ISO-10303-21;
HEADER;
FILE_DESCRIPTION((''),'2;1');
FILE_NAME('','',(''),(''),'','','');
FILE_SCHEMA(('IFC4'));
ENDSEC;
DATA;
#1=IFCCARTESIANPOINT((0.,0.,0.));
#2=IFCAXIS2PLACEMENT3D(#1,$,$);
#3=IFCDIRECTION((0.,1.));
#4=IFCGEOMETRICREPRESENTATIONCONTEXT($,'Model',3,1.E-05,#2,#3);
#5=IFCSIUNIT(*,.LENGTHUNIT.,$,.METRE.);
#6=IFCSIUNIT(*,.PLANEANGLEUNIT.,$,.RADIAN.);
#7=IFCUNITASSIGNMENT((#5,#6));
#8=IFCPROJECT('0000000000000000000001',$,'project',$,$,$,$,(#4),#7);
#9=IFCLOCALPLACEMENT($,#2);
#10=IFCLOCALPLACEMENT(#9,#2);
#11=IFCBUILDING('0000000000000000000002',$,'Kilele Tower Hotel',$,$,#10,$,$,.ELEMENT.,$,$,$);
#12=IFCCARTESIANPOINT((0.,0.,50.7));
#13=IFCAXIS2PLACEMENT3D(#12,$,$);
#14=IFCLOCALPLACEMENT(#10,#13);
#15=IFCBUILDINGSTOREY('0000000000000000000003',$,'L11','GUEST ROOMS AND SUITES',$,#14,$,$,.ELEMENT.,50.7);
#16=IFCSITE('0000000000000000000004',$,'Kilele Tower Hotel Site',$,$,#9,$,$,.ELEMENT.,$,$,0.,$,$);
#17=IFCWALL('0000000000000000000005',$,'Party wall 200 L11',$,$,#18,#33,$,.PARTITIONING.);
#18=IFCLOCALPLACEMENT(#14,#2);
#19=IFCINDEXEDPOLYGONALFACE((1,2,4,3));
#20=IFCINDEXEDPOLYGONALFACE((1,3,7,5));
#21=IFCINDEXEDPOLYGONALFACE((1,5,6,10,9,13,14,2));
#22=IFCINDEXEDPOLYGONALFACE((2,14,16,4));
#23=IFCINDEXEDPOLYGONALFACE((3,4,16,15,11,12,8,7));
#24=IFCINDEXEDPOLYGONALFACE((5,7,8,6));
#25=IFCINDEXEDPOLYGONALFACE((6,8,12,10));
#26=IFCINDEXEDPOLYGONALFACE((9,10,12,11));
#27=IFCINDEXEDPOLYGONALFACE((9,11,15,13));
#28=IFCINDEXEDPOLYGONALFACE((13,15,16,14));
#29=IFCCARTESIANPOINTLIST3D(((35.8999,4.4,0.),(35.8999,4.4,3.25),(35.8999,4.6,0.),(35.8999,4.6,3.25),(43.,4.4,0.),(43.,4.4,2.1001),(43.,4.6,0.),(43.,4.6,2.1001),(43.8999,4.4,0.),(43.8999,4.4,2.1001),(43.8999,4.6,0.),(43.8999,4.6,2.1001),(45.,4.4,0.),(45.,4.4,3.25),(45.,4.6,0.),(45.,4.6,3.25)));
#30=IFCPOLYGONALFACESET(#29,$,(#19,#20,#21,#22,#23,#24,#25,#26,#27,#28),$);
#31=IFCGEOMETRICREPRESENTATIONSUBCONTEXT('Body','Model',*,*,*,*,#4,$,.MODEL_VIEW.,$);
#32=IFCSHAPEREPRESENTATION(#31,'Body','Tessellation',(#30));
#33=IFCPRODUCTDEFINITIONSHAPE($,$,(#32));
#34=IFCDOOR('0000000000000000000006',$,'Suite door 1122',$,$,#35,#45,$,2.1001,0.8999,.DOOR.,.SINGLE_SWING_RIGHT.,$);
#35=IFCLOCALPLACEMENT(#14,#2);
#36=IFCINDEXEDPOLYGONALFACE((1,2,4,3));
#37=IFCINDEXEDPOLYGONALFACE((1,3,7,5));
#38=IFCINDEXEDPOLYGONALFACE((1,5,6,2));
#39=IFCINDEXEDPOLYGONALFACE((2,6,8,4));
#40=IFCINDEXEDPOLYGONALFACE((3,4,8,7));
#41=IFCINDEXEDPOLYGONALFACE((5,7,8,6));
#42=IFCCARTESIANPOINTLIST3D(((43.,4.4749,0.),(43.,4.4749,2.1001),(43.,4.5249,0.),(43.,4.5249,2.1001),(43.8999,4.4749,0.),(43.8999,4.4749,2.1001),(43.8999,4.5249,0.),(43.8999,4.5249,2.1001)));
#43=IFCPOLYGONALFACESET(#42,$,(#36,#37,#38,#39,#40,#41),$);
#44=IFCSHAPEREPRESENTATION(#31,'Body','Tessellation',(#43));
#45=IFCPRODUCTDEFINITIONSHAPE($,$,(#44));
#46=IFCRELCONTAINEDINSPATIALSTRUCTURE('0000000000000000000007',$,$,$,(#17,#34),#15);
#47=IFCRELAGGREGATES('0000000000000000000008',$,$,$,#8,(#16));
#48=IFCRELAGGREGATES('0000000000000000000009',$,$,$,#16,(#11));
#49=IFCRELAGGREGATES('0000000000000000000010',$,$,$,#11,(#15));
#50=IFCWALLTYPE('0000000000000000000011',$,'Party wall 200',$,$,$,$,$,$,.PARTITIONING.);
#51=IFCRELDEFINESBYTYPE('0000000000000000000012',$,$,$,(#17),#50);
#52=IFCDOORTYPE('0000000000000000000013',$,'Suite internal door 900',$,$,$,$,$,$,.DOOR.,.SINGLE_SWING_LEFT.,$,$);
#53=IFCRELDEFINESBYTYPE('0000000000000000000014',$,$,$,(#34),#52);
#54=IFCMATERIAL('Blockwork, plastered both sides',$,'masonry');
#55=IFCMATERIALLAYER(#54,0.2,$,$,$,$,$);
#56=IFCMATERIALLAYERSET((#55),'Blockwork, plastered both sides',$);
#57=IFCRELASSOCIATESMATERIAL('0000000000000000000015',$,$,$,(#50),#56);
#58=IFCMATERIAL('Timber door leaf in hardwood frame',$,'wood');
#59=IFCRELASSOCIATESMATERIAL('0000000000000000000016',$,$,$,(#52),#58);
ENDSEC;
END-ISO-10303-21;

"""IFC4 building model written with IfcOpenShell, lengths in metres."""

from ifc_helpers import new_model, si_unit, direction, frame, frame_2d, origin, place, context, subcontext, project, spatial, rectangle, extrude, material, layer, layer_set, type_object, element, fill, save


model = new_model("IFC4")

# Units and contexts
model_context = context("Model", 3, precision=1e-05, world=origin(), true_north=direction((0.0, 1.0)))
body_context = subcontext(model_context, "Body", "Model", "MODEL_VIEW")
ifc_project = project(units=[si_unit("LENGTHUNIT", "METRE"), si_unit("PLANEANGLEUNIT", "RADIAN")], contexts=[model_context])

# Site, building, storey
site_placement = place(None, origin())
site = spatial("IfcSite", under=ifc_project, at=site_placement, Name="Kilele Tower Hotel Site", CompositionType="ELEMENT", RefElevation=0.0)
building_placement = place(site_placement, origin())
building = spatial("IfcBuilding", under=site, at=building_placement, Name="Kilele Tower Hotel", CompositionType="ELEMENT")
storey_placement = place(building_placement, frame((0.0, 0.0, 50.7)))
storey = spatial("IfcBuildingStorey", under=building, at=storey_placement, Name="L11", Description="GUEST ROOMS AND SUITES", CompositionType="ELEMENT", Elevation=50.7)

# Wall, opening, door
ifc_material_1 = material(Name="Blockwork, plastered both sides", Category="masonry")
ifc_layer_1 = layer(ifc_material_1, 0.2)
ifc_layer_set_1 = layer_set([ifc_layer_1], Name="Blockwork, plastered both sides")
wall_type_1 = type_object("IfcWallType", Name="Party wall 200", PredefinedType="PARTITIONING", material=ifc_layer_set_1)
wall_1_placement = place(storey_placement, frame((35.8999, 4.5, 0.0), z_axis=(0.0, 0.0, 1.0), x_axis=(1.0, 0.0, 0.0)))
wall_1 = element("IfcWall", 1, at=wall_1_placement, inside=storey, type_object=wall_type_1, Name="Party wall 200 L11", PredefinedType="PARTITIONING", context=body_context, shape_type="SweptSolid", body=[
    extrude(rectangle(XDim=9.1001, YDim=0.2, at=frame_2d((4.55, 0.0))), origin(), (0.0, 0.0, 1.0), 3.25),
])
opening_1_placement = place(wall_1_placement, frame((7.1001, 0.0, 0.0)))
opening_1 = element("IfcOpeningElement", 2, at=opening_1_placement, cuts=wall_1, PredefinedType="OPENING", context=body_context, shape_type="SweptSolid", body=[
    extrude(rectangle(XDim=0.8999, YDim=2.1001, at=frame_2d((0.45, 1.05))), frame((0.0, 0.1099, 0.0), z_axis=(0.0, -1.0, 0.0), x_axis=(1.0, 0.0, 0.0)), (0.0, 0.0, 1.0), 0.22),
])
ifc_material_2 = material(Name="Timber door leaf in hardwood frame", Category="wood")
door_type_1 = type_object("IfcDoorType", Name="Suite internal door 900", OperationType="SINGLE_SWING_LEFT", PredefinedType="DOOR", material=ifc_material_2)
door_1_placement = place(opening_1_placement, origin())
door_1 = element("IfcDoor", 3, at=door_1_placement, inside=storey, type_object=door_type_1, Name="Suite door 1122", OperationType="SINGLE_SWING_RIGHT", OverallHeight=2.1001, OverallWidth=0.8999, PredefinedType="DOOR", context=body_context, shape_type="SweptSolid", body=[
    extrude(rectangle(XDim=0.8999, YDim=2.1001, at=frame_2d((0.45, 1.05))), frame((0.0, 0.0249, 0.0), z_axis=(0.0, -1.0, 0.0), x_axis=(1.0, 0.0, 0.0)), (0.0, 0.0, 1.0), 0.05),
])
fill(opening_1, door_1)

save(model, "model.ifc")
